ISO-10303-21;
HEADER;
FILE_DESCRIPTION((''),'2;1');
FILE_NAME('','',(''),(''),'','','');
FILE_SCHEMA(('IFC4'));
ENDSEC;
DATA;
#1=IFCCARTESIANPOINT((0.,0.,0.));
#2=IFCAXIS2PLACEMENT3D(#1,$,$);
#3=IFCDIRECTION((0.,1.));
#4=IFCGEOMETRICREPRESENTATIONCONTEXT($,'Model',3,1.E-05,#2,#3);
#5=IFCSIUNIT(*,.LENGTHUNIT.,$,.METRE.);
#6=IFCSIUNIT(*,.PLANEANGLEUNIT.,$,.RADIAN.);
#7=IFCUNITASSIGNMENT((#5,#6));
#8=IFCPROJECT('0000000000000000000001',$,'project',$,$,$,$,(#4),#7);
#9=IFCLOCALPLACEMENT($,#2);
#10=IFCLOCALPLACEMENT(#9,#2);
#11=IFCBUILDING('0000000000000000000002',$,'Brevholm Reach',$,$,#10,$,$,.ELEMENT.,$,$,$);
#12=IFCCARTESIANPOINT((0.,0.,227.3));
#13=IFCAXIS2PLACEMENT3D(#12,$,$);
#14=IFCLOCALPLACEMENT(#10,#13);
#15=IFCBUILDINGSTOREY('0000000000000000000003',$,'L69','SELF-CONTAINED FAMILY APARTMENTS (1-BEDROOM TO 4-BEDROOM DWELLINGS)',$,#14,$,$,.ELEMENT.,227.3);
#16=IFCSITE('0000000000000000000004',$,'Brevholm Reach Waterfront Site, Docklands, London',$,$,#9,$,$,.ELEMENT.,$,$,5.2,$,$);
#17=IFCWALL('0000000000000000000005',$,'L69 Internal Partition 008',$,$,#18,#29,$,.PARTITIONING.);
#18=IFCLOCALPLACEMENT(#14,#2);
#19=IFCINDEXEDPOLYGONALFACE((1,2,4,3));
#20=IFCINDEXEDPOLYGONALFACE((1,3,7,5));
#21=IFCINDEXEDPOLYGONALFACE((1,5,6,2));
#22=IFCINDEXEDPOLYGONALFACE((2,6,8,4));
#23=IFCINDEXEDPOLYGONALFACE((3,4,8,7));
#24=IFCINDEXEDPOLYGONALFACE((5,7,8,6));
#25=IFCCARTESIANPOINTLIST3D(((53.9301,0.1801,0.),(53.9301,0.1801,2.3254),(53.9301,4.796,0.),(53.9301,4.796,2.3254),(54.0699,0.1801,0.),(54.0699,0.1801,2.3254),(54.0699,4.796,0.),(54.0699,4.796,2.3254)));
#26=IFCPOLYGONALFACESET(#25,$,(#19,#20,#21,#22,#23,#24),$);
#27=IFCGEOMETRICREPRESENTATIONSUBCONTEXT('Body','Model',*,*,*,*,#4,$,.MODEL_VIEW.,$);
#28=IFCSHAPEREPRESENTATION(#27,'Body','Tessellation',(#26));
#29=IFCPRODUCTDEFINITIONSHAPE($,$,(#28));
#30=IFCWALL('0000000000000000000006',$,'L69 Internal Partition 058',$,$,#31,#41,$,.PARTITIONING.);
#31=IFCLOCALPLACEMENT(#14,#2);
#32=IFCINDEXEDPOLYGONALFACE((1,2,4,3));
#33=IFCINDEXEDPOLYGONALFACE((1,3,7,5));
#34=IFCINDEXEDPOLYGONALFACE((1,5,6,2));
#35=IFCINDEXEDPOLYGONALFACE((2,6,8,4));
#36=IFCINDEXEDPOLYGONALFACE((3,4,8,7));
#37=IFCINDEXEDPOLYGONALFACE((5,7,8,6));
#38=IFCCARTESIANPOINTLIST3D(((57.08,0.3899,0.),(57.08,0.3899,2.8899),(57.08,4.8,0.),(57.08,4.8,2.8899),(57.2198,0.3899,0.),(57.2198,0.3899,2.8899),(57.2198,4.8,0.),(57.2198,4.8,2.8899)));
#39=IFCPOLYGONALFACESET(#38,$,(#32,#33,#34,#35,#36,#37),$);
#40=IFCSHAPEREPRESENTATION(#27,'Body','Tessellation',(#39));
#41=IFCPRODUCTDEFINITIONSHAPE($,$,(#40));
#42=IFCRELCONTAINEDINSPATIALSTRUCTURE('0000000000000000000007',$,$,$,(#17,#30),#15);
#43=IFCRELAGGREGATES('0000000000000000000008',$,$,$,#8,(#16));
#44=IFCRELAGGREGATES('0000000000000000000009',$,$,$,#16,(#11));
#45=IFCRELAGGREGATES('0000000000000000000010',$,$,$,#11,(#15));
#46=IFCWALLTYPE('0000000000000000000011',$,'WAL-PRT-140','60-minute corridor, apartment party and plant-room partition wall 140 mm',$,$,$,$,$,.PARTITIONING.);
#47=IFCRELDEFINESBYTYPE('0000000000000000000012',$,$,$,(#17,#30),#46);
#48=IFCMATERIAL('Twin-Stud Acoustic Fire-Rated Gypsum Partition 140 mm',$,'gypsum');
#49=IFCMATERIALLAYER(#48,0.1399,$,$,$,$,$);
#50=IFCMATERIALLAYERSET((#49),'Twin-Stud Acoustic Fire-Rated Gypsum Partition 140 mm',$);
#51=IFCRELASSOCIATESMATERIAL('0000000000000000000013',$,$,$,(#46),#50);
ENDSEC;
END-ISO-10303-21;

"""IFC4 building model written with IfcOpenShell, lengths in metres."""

from ifc_helpers import new_model, si_unit, direction, frame, frame_2d, origin, place, context, subcontext, project, spatial, rectangle, extrude, material, layer, layer_set, type_object, element, save


model = new_model("IFC4")

# Units and contexts
model_context = context("Model", 3, precision=1e-05, world=origin(), true_north=direction((0.0, 1.0)))
body_context = subcontext(model_context, "Body", "Model", "MODEL_VIEW")
ifc_project = project(units=[si_unit("LENGTHUNIT", "METRE"), si_unit("PLANEANGLEUNIT", "RADIAN")], contexts=[model_context])

# Site, building, storey
site_placement = place(None, origin())
site = spatial("IfcSite", under=ifc_project, at=site_placement, Name="Brevholm Reach Waterfront Site, Docklands, London", CompositionType="ELEMENT", RefElevation=5.2)
building_placement = place(site_placement, origin())
building = spatial("IfcBuilding", under=site, at=building_placement, Name="Brevholm Reach", CompositionType="ELEMENT")
storey_placement = place(building_placement, frame((0.0, 0.0, 227.3)))
storey = spatial("IfcBuildingStorey", under=building, at=storey_placement, Name="L69", Description="SELF-CONTAINED FAMILY APARTMENTS (1-BEDROOM TO 4-BEDROOM DWELLINGS)", CompositionType="ELEMENT", Elevation=227.3)

# Shared definitions
ifc_material_1 = material(Name="Twin-Stud Acoustic Fire-Rated Gypsum Partition 140 mm", Category="gypsum")
ifc_layer_1 = layer(ifc_material_1, 0.1399)
ifc_layer_set_1 = layer_set([ifc_layer_1], Name="Twin-Stud Acoustic Fire-Rated Gypsum Partition 140 mm")
wall_type_1 = type_object("IfcWallType", Name="WAL-PRT-140", Description="60-minute corridor, apartment party and plant-room partition wall 140 mm", PredefinedType="PARTITIONING", material=ifc_layer_set_1)

# Walls
wall_1_placement = place(storey_placement, frame((54.0, 0.1799, 0.0), z_axis=(0.0, 0.0, 1.0), x_axis=(0.0, 1.0, 0.0)))
element("IfcWall", 1, at=wall_1_placement, inside=storey, type_object=wall_type_1, Name="L69 Internal Partition 008", PredefinedType="PARTITIONING", context=body_context, shape_type="SweptSolid", body=[
    extrude(rectangle(XDim=4.616, YDim=0.1399, at=frame_2d((2.3081, 0.0))), origin(), (0.0, 0.0, 1.0), 2.3254),
])
wall_2_placement = place(storey_placement, frame((57.1499, 0.3899, 0.0), z_axis=(0.0, 0.0, 1.0), x_axis=(0.0, 1.0, 0.0)))
element("IfcWall", 2, at=wall_2_placement, inside=storey, type_object=wall_type_1, Name="L69 Internal Partition 058", PredefinedType="PARTITIONING", context=body_context, shape_type="SweptSolid", body=[
    extrude(rectangle(XDim=4.4102, YDim=0.1399, at=frame_2d((2.2051, 0.0))), origin(), (0.0, 0.0, 1.0), 2.8899),
])

save(model, "model.ifc")
